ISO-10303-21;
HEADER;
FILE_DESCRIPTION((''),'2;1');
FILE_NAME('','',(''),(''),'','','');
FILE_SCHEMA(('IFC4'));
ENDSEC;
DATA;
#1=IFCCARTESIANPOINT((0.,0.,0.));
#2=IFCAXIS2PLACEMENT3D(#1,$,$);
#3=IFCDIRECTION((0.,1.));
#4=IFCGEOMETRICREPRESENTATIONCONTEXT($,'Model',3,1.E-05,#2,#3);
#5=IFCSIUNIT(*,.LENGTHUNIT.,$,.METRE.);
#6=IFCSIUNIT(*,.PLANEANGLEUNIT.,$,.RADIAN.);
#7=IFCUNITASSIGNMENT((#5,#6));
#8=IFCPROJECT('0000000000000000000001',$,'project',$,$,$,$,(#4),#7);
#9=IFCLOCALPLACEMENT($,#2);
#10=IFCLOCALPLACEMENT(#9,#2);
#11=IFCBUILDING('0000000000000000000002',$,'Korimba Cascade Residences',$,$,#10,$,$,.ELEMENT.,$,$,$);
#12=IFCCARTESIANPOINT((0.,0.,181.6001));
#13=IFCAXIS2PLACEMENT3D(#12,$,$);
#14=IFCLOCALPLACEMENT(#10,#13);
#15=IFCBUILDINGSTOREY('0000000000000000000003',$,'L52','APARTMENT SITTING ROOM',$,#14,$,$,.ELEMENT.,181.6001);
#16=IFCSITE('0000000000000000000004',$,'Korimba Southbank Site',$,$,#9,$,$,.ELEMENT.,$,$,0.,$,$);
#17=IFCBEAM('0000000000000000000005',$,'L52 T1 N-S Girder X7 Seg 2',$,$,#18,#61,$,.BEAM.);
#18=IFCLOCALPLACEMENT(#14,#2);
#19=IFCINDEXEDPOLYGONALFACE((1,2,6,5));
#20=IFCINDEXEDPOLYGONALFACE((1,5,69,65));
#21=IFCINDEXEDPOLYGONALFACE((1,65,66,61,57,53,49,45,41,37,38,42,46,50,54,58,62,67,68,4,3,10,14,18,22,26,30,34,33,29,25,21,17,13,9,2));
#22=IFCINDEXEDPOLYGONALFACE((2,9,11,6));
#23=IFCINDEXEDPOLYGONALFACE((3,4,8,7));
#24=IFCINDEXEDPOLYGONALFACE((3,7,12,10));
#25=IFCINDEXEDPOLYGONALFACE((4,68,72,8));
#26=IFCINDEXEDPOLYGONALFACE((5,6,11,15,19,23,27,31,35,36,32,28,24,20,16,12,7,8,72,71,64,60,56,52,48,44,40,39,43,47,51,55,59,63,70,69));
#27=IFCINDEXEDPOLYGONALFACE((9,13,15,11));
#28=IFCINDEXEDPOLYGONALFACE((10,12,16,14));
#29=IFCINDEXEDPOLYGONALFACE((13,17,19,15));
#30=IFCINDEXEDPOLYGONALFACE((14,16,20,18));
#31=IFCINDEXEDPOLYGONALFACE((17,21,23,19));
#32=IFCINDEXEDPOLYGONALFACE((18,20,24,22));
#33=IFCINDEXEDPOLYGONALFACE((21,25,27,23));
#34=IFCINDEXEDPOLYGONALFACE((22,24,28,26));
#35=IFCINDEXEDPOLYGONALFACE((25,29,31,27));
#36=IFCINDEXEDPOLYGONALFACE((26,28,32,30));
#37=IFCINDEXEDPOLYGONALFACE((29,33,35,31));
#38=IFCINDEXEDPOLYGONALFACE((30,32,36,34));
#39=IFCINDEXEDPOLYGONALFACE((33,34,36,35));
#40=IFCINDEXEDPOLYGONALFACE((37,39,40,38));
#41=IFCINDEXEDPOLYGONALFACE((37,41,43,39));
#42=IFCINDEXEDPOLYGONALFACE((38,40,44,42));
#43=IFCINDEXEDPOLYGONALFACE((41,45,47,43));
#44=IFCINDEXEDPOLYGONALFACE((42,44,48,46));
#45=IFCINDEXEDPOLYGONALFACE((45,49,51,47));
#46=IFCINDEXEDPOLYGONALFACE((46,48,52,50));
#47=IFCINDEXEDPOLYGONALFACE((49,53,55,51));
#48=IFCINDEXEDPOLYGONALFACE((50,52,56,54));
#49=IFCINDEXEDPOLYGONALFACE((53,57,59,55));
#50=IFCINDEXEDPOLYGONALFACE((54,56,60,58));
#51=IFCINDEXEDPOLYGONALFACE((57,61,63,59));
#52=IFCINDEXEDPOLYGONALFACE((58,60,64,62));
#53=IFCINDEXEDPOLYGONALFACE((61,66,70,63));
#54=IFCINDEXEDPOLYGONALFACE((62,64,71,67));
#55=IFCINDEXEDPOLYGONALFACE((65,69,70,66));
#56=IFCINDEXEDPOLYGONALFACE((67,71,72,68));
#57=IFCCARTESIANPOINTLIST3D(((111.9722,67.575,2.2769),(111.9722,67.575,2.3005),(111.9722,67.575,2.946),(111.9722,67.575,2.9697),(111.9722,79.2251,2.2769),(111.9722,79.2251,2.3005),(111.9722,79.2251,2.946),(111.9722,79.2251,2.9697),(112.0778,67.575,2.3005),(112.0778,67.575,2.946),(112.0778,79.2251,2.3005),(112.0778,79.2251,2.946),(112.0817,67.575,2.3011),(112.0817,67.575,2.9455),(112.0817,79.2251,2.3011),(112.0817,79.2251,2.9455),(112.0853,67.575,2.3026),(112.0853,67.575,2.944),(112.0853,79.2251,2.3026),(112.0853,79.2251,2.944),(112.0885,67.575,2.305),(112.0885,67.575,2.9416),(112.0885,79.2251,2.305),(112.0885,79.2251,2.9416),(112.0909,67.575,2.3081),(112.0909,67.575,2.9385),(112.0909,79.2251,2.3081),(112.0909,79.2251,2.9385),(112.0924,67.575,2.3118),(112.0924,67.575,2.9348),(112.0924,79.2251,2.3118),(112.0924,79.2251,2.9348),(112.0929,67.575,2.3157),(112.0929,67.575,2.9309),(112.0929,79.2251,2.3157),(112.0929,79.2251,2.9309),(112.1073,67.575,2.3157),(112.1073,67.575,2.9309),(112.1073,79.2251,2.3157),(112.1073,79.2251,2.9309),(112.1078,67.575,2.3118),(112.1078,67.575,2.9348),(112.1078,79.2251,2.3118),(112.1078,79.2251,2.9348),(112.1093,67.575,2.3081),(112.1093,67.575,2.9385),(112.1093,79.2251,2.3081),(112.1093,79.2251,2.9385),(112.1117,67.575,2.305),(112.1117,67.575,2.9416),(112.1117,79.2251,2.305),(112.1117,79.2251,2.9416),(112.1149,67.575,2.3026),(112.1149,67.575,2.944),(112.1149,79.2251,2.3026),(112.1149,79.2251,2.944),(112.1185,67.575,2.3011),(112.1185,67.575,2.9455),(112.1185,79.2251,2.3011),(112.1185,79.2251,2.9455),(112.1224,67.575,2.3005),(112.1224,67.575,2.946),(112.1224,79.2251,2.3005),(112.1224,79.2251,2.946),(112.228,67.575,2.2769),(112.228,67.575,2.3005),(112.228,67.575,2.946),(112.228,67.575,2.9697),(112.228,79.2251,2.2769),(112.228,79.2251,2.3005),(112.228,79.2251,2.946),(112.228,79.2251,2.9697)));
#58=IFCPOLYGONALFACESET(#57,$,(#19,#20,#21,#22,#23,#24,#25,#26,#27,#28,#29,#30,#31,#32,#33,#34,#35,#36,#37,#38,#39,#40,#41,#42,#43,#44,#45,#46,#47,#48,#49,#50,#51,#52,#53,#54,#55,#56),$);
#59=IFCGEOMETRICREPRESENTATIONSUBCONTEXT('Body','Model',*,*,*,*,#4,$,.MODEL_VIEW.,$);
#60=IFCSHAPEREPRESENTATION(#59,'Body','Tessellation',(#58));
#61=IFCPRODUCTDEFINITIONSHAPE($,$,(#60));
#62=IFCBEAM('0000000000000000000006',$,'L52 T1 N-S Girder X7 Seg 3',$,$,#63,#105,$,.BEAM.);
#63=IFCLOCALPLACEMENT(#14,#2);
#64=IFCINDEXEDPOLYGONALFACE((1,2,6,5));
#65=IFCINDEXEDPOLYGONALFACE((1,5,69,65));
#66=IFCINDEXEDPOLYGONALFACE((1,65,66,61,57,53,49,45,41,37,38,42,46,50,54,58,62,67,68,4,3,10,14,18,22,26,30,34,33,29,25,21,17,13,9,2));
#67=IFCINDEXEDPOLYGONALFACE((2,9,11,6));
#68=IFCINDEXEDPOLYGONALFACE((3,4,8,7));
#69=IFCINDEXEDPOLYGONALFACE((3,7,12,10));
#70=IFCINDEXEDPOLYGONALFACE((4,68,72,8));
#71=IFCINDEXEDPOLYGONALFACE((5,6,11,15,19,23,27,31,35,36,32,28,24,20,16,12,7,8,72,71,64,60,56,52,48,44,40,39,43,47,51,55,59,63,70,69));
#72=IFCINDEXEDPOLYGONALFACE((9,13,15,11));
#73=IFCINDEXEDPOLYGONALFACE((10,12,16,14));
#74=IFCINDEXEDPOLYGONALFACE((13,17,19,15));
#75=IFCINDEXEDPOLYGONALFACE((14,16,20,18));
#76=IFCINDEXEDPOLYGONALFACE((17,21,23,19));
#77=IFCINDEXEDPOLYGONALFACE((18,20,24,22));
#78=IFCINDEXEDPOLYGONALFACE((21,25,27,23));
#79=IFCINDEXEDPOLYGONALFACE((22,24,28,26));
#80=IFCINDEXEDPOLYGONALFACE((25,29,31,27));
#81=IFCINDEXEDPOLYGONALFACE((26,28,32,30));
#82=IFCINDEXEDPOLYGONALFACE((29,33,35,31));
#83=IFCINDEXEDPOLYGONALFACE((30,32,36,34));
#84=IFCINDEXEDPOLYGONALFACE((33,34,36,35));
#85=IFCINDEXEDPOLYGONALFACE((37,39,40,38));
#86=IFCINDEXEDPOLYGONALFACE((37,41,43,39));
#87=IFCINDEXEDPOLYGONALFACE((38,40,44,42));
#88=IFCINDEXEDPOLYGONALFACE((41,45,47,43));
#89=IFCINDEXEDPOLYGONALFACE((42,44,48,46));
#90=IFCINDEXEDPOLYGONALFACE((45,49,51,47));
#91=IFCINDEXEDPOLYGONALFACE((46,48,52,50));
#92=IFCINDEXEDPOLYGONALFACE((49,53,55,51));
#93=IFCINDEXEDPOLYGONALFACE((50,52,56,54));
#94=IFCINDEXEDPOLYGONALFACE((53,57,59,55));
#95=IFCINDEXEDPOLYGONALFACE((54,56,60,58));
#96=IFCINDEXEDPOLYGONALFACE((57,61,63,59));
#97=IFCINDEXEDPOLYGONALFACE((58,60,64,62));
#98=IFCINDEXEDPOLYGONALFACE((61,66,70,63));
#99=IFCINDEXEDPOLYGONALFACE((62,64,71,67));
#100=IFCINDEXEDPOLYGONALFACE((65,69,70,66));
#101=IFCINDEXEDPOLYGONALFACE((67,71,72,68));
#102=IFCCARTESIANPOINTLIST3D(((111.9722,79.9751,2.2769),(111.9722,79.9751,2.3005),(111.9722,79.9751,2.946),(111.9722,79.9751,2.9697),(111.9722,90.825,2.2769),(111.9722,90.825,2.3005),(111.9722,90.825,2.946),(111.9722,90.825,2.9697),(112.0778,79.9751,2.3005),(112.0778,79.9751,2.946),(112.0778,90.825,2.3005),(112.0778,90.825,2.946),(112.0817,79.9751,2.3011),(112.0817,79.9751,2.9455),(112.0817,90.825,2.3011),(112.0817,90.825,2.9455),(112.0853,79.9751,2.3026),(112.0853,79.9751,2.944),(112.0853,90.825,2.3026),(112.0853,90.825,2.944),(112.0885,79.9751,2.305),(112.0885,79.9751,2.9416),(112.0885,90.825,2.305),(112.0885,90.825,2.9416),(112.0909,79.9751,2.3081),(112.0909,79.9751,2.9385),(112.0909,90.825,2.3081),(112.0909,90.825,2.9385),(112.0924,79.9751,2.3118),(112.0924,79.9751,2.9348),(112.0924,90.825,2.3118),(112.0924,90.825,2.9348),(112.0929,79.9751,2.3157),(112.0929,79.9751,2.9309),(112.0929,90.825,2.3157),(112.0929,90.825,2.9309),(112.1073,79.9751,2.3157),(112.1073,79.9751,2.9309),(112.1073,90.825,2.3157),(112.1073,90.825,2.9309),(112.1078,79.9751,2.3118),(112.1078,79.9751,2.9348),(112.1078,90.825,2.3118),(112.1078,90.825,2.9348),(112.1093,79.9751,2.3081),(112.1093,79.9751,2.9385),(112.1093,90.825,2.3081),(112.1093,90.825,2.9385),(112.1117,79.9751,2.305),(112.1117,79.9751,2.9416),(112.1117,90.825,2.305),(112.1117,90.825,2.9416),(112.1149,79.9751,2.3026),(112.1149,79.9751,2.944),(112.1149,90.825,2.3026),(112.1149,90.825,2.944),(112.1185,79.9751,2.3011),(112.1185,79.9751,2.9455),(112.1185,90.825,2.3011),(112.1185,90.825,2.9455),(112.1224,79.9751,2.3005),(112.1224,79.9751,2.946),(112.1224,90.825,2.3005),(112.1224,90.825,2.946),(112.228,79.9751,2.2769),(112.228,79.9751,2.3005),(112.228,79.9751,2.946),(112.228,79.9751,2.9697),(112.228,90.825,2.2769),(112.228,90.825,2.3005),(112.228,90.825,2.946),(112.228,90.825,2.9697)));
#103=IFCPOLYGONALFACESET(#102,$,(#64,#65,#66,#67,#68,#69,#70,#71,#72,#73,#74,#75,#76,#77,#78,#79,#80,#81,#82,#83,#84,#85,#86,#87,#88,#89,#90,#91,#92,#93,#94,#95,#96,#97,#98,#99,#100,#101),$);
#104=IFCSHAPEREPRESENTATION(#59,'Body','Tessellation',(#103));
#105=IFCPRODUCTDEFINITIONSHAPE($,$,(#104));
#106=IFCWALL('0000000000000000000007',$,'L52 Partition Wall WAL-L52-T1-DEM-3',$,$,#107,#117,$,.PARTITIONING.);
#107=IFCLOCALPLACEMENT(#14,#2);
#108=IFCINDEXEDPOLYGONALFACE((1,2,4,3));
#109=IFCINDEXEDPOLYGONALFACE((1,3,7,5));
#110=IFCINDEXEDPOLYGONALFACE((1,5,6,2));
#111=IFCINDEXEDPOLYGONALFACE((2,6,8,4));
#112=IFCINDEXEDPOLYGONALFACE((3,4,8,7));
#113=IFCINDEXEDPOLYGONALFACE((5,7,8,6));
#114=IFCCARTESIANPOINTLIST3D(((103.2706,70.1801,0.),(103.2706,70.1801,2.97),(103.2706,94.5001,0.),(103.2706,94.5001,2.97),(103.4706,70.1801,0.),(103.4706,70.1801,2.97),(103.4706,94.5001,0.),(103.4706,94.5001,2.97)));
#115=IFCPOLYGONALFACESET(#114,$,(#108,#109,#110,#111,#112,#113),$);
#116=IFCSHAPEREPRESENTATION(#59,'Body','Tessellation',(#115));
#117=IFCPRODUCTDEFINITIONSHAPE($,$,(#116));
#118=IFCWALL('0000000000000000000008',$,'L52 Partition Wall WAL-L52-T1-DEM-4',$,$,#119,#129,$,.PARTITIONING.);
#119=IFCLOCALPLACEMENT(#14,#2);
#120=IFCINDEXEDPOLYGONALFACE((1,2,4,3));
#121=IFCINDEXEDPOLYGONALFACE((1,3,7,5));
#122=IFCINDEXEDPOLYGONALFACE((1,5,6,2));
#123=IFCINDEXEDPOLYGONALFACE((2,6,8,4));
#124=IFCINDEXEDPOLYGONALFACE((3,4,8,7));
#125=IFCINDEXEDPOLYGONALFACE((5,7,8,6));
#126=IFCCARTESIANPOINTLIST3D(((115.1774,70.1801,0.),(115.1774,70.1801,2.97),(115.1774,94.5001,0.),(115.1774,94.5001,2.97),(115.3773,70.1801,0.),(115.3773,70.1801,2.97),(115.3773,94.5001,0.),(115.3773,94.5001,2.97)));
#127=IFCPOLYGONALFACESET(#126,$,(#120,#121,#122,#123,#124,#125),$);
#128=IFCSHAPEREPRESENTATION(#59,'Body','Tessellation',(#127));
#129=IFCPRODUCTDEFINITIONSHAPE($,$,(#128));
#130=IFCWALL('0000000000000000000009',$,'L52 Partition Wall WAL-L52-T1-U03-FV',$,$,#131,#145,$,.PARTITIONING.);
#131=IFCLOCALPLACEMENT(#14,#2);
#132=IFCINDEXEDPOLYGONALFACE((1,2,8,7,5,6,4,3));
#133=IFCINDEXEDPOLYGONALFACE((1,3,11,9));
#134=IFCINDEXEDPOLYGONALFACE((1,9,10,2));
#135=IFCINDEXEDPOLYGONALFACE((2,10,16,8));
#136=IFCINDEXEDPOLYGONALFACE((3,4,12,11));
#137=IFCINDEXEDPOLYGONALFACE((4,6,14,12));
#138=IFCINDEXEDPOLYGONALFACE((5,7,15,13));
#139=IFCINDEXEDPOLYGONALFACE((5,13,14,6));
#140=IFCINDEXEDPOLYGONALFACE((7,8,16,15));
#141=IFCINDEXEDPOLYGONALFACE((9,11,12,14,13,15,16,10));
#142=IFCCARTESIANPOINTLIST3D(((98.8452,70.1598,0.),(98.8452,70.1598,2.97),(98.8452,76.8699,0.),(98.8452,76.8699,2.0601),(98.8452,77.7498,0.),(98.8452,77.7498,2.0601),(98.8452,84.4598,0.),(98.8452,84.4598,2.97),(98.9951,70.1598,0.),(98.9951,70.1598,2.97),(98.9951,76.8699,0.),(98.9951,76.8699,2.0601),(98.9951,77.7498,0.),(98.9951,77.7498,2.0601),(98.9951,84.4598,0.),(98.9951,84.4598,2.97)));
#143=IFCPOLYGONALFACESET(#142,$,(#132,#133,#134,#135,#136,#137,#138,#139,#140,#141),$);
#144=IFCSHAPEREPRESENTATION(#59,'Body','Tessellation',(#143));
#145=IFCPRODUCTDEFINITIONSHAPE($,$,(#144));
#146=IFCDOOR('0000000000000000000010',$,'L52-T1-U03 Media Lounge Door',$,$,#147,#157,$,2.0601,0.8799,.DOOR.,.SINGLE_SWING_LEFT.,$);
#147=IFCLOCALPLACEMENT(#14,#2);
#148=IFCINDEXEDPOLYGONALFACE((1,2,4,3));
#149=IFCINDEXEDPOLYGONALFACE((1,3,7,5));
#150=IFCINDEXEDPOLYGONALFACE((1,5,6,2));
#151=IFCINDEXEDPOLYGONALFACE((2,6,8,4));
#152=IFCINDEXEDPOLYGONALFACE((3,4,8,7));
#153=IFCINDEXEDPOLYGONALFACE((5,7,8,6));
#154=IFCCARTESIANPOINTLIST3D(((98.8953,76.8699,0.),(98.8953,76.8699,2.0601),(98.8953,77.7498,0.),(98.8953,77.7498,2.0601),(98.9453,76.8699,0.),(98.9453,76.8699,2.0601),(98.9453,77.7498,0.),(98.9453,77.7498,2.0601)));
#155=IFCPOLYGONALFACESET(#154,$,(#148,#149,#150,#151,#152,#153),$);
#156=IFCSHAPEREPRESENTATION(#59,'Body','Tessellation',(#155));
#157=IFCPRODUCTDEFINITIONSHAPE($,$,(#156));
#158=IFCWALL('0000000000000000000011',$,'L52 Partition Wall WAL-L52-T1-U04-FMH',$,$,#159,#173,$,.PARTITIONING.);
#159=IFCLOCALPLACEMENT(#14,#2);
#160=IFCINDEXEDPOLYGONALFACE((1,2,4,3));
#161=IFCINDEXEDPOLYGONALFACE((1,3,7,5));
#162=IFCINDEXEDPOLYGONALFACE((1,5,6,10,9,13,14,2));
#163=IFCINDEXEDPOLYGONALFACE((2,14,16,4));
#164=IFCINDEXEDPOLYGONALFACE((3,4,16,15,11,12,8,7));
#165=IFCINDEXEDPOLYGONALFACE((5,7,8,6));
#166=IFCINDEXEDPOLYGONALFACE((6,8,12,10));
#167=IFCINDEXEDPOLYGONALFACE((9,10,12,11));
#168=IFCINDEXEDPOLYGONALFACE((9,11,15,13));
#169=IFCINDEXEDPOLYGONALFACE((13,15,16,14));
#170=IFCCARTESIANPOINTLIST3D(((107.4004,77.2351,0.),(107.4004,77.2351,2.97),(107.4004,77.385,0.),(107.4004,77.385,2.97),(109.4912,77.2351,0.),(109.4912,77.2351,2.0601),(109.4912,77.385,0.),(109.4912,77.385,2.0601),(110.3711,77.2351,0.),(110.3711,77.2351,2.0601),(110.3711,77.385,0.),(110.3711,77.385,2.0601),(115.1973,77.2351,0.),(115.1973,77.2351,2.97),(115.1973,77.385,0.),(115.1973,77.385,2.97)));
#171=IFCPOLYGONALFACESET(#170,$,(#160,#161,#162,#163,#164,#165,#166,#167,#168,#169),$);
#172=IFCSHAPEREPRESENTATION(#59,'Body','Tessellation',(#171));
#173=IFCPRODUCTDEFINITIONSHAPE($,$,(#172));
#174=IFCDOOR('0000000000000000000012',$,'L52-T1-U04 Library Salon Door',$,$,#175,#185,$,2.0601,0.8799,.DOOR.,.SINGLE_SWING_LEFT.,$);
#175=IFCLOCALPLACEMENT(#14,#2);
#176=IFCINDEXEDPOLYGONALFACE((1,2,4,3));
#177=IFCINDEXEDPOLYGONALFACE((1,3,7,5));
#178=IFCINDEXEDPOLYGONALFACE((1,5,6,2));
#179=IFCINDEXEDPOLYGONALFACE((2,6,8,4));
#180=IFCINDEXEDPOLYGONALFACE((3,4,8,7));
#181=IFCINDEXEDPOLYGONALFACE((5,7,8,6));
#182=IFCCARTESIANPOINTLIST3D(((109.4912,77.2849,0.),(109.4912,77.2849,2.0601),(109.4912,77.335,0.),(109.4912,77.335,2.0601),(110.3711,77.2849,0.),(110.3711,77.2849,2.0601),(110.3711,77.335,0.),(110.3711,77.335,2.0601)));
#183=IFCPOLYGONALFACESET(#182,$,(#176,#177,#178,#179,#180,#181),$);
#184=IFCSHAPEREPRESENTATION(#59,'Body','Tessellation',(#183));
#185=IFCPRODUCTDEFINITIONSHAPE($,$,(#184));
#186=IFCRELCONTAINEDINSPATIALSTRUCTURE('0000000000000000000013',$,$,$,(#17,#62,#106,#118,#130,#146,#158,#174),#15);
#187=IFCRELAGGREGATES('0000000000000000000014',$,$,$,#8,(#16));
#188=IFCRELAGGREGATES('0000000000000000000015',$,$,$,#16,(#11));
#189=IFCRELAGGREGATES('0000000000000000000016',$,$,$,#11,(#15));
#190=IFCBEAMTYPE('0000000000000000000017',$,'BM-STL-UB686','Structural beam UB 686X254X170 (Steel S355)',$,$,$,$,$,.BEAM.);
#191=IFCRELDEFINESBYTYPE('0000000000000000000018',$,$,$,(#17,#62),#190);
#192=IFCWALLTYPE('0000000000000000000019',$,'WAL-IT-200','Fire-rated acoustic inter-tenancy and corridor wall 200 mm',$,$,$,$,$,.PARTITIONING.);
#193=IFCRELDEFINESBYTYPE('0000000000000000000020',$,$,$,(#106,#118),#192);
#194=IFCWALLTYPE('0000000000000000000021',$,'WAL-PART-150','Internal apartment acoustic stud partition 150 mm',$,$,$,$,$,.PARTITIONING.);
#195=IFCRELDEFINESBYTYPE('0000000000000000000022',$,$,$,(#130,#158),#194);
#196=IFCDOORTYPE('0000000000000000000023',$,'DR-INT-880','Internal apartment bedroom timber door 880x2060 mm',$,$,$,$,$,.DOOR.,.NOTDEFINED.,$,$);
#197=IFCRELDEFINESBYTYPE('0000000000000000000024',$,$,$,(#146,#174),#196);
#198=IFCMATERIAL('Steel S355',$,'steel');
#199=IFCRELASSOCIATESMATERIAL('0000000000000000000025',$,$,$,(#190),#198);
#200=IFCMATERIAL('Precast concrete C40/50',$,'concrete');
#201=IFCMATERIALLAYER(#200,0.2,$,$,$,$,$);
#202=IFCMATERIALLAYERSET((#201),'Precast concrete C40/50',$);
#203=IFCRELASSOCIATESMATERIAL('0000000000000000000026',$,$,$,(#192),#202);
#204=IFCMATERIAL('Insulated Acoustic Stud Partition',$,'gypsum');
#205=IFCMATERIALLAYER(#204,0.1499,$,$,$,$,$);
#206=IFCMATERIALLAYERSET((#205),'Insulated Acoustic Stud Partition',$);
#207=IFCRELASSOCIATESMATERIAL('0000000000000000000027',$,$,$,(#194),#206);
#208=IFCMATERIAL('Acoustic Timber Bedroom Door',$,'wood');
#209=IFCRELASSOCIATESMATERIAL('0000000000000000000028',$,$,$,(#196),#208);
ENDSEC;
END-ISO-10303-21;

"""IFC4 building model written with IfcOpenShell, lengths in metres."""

from ifc_helpers import new_model, si_unit, direction, frame, frame_2d, origin, origin_2d, place, context, subcontext, project, spatial, rectangle, i_section, extrude, material, layer, layer_set, material_profile, profile_set, type_object, element, fill, save


model = new_model("IFC4")

# Units and contexts
model_context = context("Model", 3, precision=1e-05, world=origin(), true_north=direction((0.0, 1.0)))
body_context = subcontext(model_context, "Body", "Model", "MODEL_VIEW")
ifc_project = project(units=[si_unit("LENGTHUNIT", "METRE"), si_unit("PLANEANGLEUNIT", "RADIAN")], contexts=[model_context])

# Site, building, storey
site_placement = place(None, origin())
site = spatial("IfcSite", under=ifc_project, at=site_placement, Name="Korimba Southbank Site", CompositionType="ELEMENT", RefElevation=0.0)
building_placement = place(site_placement, origin())
building = spatial("IfcBuilding", under=site, at=building_placement, Name="Korimba Cascade Residences", CompositionType="ELEMENT")
storey_placement = place(building_placement, frame((0.0, 0.0, 181.6001)))
storey = spatial("IfcBuildingStorey", under=building, at=storey_placement, Name="L52", Description="APARTMENT SITTING ROOM", CompositionType="ELEMENT", Elevation=181.6001)

# Beams
ifc_material_1 = material(Name="Steel S355", Category="steel")
ifc_material_profile_1 = material_profile(ifc_material_1, i_section(OverallWidth=0.2559, OverallDepth=0.6929, WebThickness=0.0144, FlangeThickness=0.0237, FilletRadius=0.0151, at=origin_2d()), Name="Steel S355")
ifc_profile_set_1 = profile_set([ifc_material_profile_1], Name="Steel S355")
beam_type_1 = type_object("IfcBeamType", Name="BM-STL-UB686", Description="Structural beam UB 686X254X170 (Steel S355)", PredefinedType="BEAM", material=ifc_profile_set_1)
beam_1_placement = place(storey_placement, frame((112.1001, 67.575, 2.6233), z_axis=(0.0, 1.0, 0.0), x_axis=(-1.0, 0.0, 0.0)))
element("IfcBeam", 1, at=beam_1_placement, inside=storey, type_object=beam_type_1, Name="L52 T1 N-S Girder X7 Seg 2", PredefinedType="BEAM", context=body_context, shape_type="SweptSolid", body=[
    extrude(i_section(OverallWidth=0.2559, OverallDepth=0.6929, WebThickness=0.0144, FlangeThickness=0.0237, FilletRadius=0.0151, at=origin_2d()), origin(), (0.0, 0.0, 1.0), 11.6501),
])
beam_2_placement = place(storey_placement, frame((112.1001, 79.9751, 2.6233), z_axis=(0.0, 1.0, 0.0), x_axis=(-1.0, 0.0, 0.0)))
element("IfcBeam", 2, at=beam_2_placement, inside=storey, type_object=beam_type_1, Name="L52 T1 N-S Girder X7 Seg 3", PredefinedType="BEAM", context=body_context, shape_type="SweptSolid", body=[
    extrude(i_section(OverallWidth=0.2559, OverallDepth=0.6929, WebThickness=0.0144, FlangeThickness=0.0237, FilletRadius=0.0151, at=origin_2d()), origin(), (0.0, 0.0, 1.0), 10.8499),
])

# Walls
ifc_material_2 = material(Name="Precast concrete C40/50", Category="concrete")
ifc_layer_1 = layer(ifc_material_2, 0.2)
ifc_layer_set_1 = layer_set([ifc_layer_1], Name="Precast concrete C40/50")
wall_type_1 = type_object("IfcWallType", Name="WAL-IT-200", Description="Fire-rated acoustic inter-tenancy and corridor wall 200 mm", PredefinedType="PARTITIONING", material=ifc_layer_set_1)
for number, where, z_axis, x_axis, name in (
    (3, (103.3706, 70.1799, 0.0), (0.0, 0.0, 1.0), (0.0, 1.0, 0.0), "L52 Partition Wall WAL-L52-T1-DEM-3"),
    (4, (115.2773, 70.1799, 0.0), (0.0, 0.0, 1.0), (0.0, 1.0, 0.0), "L52 Partition Wall WAL-L52-T1-DEM-4"),
):
    element("IfcWall", number, at=place(storey_placement, frame(where, z_axis=z_axis, x_axis=x_axis)), inside=storey, type_object=wall_type_1, Name=name, PredefinedType="PARTITIONING", context=body_context, shape_type="SweptSolid", body=[
        extrude(rectangle(XDim=24.3201, YDim=0.2, at=frame_2d((12.1602, 0.0))), origin(), (0.0, 0.0, 1.0), 2.97),
    ])

# Walls, openings, doors
ifc_material_3 = material(Name="Insulated Acoustic Stud Partition", Category="gypsum")
ifc_layer_2 = layer(ifc_material_3, 0.1499)
ifc_layer_set_2 = layer_set([ifc_layer_2], Name="Insulated Acoustic Stud Partition")
wall_type_2 = type_object("IfcWallType", Name="WAL-PART-150", Description="Internal apartment acoustic stud partition 150 mm", PredefinedType="PARTITIONING", material=ifc_layer_set_2)
wall_1_placement = place(storey_placement, frame((98.9202, 70.1599, 0.0), z_axis=(0.0, 0.0, 1.0), x_axis=(0.0, 1.0, 0.0)))
wall_1 = element("IfcWall", 5, at=wall_1_placement, inside=storey, type_object=wall_type_2, Name="L52 Partition Wall WAL-L52-T1-U03-FV", PredefinedType="PARTITIONING", context=body_context, shape_type="SweptSolid", body=[
    extrude(rectangle(XDim=14.3, YDim=0.1499, at=frame_2d((7.1499, 0.0))), origin(), (0.0, 0.0, 1.0), 2.97),
])
opening_1_placement = place(wall_1_placement, frame((6.71, 0.0, 0.0)))
opening_1 = element("IfcOpeningElement", 6, at=opening_1_placement, cuts=wall_1, PredefinedType="OPENING", context=body_context, shape_type="SweptSolid", body=[
    extrude(rectangle(XDim=0.8799, YDim=2.0601, at=frame_2d((0.4399, 1.03))), frame((0.0, 0.085, 0.0), z_axis=(0.0, -1.0, 0.0), x_axis=(1.0, 0.0, 0.0)), (0.0, 0.0, 1.0), 0.1699),
])
ifc_material_4 = material(Name="Acoustic Timber Bedroom Door", Category="wood")
door_type_1 = type_object("IfcDoorType", Name="DR-INT-880", Description="Internal apartment bedroom timber door 880x2060 mm", OperationType="NOTDEFINED", PredefinedType="DOOR", material=ifc_material_4)
door_1_placement = place(opening_1_placement, origin())
door_1 = element("IfcDoor", 7, at=door_1_placement, inside=storey, type_object=door_type_1, Name="L52-T1-U03 Media Lounge Door", OperationType="SINGLE_SWING_LEFT", OverallHeight=2.0601, OverallWidth=0.8799, PredefinedType="DOOR", context=body_context, shape_type="SweptSolid", body=[
    extrude(rectangle(XDim=0.8799, YDim=2.0601, at=frame_2d((0.4399, 1.03))), frame((0.0, 0.0249, 0.0), z_axis=(0.0, -1.0, 0.0), x_axis=(1.0, 0.0, 0.0)), (0.0, 0.0, 1.0), 0.05),
])
fill(opening_1, door_1)
wall_2_placement = place(storey_placement, frame((107.4004, 77.3101, 0.0), z_axis=(0.0, 0.0, 1.0), x_axis=(1.0, 0.0, 0.0)))
wall_2 = element("IfcWall", 8, at=wall_2_placement, inside=storey, type_object=wall_type_2, Name="L52 Partition Wall WAL-L52-T1-U04-FMH", PredefinedType="PARTITIONING", context=body_context, shape_type="SweptSolid", body=[
    extrude(rectangle(XDim=7.7969, YDim=0.1499, at=frame_2d((3.8984, 0.0))), origin(), (0.0, 0.0, 1.0), 2.97),
])
opening_2_placement = place(wall_2_placement, frame((2.0908, 0.0, 0.0)))
opening_2 = element("IfcOpeningElement", 9, at=opening_2_placement, cuts=wall_2, PredefinedType="OPENING", context=body_context, shape_type="SweptSolid", body=[
    extrude(rectangle(XDim=0.8799, YDim=2.0601, at=frame_2d((0.4399, 1.03))), frame((0.0, 0.085, 0.0), z_axis=(0.0, -1.0, 0.0), x_axis=(1.0, 0.0, 0.0)), (0.0, 0.0, 1.0), 0.1699),
])
door_2_placement = place(opening_2_placement, origin())
door_2 = element("IfcDoor", 10, at=door_2_placement, inside=storey, type_object=door_type_1, Name="L52-T1-U04 Library Salon Door", OperationType="SINGLE_SWING_LEFT", OverallHeight=2.0601, OverallWidth=0.8799, PredefinedType="DOOR", context=body_context, shape_type="SweptSolid", body=[
    extrude(rectangle(XDim=0.8799, YDim=2.0601, at=frame_2d((0.4399, 1.03))), frame((0.0, 0.0249, 0.0), z_axis=(0.0, -1.0, 0.0), x_axis=(1.0, 0.0, 0.0)), (0.0, 0.0, 1.0), 0.05),
])
fill(opening_2, door_2)

save(model, "model.ifc")
